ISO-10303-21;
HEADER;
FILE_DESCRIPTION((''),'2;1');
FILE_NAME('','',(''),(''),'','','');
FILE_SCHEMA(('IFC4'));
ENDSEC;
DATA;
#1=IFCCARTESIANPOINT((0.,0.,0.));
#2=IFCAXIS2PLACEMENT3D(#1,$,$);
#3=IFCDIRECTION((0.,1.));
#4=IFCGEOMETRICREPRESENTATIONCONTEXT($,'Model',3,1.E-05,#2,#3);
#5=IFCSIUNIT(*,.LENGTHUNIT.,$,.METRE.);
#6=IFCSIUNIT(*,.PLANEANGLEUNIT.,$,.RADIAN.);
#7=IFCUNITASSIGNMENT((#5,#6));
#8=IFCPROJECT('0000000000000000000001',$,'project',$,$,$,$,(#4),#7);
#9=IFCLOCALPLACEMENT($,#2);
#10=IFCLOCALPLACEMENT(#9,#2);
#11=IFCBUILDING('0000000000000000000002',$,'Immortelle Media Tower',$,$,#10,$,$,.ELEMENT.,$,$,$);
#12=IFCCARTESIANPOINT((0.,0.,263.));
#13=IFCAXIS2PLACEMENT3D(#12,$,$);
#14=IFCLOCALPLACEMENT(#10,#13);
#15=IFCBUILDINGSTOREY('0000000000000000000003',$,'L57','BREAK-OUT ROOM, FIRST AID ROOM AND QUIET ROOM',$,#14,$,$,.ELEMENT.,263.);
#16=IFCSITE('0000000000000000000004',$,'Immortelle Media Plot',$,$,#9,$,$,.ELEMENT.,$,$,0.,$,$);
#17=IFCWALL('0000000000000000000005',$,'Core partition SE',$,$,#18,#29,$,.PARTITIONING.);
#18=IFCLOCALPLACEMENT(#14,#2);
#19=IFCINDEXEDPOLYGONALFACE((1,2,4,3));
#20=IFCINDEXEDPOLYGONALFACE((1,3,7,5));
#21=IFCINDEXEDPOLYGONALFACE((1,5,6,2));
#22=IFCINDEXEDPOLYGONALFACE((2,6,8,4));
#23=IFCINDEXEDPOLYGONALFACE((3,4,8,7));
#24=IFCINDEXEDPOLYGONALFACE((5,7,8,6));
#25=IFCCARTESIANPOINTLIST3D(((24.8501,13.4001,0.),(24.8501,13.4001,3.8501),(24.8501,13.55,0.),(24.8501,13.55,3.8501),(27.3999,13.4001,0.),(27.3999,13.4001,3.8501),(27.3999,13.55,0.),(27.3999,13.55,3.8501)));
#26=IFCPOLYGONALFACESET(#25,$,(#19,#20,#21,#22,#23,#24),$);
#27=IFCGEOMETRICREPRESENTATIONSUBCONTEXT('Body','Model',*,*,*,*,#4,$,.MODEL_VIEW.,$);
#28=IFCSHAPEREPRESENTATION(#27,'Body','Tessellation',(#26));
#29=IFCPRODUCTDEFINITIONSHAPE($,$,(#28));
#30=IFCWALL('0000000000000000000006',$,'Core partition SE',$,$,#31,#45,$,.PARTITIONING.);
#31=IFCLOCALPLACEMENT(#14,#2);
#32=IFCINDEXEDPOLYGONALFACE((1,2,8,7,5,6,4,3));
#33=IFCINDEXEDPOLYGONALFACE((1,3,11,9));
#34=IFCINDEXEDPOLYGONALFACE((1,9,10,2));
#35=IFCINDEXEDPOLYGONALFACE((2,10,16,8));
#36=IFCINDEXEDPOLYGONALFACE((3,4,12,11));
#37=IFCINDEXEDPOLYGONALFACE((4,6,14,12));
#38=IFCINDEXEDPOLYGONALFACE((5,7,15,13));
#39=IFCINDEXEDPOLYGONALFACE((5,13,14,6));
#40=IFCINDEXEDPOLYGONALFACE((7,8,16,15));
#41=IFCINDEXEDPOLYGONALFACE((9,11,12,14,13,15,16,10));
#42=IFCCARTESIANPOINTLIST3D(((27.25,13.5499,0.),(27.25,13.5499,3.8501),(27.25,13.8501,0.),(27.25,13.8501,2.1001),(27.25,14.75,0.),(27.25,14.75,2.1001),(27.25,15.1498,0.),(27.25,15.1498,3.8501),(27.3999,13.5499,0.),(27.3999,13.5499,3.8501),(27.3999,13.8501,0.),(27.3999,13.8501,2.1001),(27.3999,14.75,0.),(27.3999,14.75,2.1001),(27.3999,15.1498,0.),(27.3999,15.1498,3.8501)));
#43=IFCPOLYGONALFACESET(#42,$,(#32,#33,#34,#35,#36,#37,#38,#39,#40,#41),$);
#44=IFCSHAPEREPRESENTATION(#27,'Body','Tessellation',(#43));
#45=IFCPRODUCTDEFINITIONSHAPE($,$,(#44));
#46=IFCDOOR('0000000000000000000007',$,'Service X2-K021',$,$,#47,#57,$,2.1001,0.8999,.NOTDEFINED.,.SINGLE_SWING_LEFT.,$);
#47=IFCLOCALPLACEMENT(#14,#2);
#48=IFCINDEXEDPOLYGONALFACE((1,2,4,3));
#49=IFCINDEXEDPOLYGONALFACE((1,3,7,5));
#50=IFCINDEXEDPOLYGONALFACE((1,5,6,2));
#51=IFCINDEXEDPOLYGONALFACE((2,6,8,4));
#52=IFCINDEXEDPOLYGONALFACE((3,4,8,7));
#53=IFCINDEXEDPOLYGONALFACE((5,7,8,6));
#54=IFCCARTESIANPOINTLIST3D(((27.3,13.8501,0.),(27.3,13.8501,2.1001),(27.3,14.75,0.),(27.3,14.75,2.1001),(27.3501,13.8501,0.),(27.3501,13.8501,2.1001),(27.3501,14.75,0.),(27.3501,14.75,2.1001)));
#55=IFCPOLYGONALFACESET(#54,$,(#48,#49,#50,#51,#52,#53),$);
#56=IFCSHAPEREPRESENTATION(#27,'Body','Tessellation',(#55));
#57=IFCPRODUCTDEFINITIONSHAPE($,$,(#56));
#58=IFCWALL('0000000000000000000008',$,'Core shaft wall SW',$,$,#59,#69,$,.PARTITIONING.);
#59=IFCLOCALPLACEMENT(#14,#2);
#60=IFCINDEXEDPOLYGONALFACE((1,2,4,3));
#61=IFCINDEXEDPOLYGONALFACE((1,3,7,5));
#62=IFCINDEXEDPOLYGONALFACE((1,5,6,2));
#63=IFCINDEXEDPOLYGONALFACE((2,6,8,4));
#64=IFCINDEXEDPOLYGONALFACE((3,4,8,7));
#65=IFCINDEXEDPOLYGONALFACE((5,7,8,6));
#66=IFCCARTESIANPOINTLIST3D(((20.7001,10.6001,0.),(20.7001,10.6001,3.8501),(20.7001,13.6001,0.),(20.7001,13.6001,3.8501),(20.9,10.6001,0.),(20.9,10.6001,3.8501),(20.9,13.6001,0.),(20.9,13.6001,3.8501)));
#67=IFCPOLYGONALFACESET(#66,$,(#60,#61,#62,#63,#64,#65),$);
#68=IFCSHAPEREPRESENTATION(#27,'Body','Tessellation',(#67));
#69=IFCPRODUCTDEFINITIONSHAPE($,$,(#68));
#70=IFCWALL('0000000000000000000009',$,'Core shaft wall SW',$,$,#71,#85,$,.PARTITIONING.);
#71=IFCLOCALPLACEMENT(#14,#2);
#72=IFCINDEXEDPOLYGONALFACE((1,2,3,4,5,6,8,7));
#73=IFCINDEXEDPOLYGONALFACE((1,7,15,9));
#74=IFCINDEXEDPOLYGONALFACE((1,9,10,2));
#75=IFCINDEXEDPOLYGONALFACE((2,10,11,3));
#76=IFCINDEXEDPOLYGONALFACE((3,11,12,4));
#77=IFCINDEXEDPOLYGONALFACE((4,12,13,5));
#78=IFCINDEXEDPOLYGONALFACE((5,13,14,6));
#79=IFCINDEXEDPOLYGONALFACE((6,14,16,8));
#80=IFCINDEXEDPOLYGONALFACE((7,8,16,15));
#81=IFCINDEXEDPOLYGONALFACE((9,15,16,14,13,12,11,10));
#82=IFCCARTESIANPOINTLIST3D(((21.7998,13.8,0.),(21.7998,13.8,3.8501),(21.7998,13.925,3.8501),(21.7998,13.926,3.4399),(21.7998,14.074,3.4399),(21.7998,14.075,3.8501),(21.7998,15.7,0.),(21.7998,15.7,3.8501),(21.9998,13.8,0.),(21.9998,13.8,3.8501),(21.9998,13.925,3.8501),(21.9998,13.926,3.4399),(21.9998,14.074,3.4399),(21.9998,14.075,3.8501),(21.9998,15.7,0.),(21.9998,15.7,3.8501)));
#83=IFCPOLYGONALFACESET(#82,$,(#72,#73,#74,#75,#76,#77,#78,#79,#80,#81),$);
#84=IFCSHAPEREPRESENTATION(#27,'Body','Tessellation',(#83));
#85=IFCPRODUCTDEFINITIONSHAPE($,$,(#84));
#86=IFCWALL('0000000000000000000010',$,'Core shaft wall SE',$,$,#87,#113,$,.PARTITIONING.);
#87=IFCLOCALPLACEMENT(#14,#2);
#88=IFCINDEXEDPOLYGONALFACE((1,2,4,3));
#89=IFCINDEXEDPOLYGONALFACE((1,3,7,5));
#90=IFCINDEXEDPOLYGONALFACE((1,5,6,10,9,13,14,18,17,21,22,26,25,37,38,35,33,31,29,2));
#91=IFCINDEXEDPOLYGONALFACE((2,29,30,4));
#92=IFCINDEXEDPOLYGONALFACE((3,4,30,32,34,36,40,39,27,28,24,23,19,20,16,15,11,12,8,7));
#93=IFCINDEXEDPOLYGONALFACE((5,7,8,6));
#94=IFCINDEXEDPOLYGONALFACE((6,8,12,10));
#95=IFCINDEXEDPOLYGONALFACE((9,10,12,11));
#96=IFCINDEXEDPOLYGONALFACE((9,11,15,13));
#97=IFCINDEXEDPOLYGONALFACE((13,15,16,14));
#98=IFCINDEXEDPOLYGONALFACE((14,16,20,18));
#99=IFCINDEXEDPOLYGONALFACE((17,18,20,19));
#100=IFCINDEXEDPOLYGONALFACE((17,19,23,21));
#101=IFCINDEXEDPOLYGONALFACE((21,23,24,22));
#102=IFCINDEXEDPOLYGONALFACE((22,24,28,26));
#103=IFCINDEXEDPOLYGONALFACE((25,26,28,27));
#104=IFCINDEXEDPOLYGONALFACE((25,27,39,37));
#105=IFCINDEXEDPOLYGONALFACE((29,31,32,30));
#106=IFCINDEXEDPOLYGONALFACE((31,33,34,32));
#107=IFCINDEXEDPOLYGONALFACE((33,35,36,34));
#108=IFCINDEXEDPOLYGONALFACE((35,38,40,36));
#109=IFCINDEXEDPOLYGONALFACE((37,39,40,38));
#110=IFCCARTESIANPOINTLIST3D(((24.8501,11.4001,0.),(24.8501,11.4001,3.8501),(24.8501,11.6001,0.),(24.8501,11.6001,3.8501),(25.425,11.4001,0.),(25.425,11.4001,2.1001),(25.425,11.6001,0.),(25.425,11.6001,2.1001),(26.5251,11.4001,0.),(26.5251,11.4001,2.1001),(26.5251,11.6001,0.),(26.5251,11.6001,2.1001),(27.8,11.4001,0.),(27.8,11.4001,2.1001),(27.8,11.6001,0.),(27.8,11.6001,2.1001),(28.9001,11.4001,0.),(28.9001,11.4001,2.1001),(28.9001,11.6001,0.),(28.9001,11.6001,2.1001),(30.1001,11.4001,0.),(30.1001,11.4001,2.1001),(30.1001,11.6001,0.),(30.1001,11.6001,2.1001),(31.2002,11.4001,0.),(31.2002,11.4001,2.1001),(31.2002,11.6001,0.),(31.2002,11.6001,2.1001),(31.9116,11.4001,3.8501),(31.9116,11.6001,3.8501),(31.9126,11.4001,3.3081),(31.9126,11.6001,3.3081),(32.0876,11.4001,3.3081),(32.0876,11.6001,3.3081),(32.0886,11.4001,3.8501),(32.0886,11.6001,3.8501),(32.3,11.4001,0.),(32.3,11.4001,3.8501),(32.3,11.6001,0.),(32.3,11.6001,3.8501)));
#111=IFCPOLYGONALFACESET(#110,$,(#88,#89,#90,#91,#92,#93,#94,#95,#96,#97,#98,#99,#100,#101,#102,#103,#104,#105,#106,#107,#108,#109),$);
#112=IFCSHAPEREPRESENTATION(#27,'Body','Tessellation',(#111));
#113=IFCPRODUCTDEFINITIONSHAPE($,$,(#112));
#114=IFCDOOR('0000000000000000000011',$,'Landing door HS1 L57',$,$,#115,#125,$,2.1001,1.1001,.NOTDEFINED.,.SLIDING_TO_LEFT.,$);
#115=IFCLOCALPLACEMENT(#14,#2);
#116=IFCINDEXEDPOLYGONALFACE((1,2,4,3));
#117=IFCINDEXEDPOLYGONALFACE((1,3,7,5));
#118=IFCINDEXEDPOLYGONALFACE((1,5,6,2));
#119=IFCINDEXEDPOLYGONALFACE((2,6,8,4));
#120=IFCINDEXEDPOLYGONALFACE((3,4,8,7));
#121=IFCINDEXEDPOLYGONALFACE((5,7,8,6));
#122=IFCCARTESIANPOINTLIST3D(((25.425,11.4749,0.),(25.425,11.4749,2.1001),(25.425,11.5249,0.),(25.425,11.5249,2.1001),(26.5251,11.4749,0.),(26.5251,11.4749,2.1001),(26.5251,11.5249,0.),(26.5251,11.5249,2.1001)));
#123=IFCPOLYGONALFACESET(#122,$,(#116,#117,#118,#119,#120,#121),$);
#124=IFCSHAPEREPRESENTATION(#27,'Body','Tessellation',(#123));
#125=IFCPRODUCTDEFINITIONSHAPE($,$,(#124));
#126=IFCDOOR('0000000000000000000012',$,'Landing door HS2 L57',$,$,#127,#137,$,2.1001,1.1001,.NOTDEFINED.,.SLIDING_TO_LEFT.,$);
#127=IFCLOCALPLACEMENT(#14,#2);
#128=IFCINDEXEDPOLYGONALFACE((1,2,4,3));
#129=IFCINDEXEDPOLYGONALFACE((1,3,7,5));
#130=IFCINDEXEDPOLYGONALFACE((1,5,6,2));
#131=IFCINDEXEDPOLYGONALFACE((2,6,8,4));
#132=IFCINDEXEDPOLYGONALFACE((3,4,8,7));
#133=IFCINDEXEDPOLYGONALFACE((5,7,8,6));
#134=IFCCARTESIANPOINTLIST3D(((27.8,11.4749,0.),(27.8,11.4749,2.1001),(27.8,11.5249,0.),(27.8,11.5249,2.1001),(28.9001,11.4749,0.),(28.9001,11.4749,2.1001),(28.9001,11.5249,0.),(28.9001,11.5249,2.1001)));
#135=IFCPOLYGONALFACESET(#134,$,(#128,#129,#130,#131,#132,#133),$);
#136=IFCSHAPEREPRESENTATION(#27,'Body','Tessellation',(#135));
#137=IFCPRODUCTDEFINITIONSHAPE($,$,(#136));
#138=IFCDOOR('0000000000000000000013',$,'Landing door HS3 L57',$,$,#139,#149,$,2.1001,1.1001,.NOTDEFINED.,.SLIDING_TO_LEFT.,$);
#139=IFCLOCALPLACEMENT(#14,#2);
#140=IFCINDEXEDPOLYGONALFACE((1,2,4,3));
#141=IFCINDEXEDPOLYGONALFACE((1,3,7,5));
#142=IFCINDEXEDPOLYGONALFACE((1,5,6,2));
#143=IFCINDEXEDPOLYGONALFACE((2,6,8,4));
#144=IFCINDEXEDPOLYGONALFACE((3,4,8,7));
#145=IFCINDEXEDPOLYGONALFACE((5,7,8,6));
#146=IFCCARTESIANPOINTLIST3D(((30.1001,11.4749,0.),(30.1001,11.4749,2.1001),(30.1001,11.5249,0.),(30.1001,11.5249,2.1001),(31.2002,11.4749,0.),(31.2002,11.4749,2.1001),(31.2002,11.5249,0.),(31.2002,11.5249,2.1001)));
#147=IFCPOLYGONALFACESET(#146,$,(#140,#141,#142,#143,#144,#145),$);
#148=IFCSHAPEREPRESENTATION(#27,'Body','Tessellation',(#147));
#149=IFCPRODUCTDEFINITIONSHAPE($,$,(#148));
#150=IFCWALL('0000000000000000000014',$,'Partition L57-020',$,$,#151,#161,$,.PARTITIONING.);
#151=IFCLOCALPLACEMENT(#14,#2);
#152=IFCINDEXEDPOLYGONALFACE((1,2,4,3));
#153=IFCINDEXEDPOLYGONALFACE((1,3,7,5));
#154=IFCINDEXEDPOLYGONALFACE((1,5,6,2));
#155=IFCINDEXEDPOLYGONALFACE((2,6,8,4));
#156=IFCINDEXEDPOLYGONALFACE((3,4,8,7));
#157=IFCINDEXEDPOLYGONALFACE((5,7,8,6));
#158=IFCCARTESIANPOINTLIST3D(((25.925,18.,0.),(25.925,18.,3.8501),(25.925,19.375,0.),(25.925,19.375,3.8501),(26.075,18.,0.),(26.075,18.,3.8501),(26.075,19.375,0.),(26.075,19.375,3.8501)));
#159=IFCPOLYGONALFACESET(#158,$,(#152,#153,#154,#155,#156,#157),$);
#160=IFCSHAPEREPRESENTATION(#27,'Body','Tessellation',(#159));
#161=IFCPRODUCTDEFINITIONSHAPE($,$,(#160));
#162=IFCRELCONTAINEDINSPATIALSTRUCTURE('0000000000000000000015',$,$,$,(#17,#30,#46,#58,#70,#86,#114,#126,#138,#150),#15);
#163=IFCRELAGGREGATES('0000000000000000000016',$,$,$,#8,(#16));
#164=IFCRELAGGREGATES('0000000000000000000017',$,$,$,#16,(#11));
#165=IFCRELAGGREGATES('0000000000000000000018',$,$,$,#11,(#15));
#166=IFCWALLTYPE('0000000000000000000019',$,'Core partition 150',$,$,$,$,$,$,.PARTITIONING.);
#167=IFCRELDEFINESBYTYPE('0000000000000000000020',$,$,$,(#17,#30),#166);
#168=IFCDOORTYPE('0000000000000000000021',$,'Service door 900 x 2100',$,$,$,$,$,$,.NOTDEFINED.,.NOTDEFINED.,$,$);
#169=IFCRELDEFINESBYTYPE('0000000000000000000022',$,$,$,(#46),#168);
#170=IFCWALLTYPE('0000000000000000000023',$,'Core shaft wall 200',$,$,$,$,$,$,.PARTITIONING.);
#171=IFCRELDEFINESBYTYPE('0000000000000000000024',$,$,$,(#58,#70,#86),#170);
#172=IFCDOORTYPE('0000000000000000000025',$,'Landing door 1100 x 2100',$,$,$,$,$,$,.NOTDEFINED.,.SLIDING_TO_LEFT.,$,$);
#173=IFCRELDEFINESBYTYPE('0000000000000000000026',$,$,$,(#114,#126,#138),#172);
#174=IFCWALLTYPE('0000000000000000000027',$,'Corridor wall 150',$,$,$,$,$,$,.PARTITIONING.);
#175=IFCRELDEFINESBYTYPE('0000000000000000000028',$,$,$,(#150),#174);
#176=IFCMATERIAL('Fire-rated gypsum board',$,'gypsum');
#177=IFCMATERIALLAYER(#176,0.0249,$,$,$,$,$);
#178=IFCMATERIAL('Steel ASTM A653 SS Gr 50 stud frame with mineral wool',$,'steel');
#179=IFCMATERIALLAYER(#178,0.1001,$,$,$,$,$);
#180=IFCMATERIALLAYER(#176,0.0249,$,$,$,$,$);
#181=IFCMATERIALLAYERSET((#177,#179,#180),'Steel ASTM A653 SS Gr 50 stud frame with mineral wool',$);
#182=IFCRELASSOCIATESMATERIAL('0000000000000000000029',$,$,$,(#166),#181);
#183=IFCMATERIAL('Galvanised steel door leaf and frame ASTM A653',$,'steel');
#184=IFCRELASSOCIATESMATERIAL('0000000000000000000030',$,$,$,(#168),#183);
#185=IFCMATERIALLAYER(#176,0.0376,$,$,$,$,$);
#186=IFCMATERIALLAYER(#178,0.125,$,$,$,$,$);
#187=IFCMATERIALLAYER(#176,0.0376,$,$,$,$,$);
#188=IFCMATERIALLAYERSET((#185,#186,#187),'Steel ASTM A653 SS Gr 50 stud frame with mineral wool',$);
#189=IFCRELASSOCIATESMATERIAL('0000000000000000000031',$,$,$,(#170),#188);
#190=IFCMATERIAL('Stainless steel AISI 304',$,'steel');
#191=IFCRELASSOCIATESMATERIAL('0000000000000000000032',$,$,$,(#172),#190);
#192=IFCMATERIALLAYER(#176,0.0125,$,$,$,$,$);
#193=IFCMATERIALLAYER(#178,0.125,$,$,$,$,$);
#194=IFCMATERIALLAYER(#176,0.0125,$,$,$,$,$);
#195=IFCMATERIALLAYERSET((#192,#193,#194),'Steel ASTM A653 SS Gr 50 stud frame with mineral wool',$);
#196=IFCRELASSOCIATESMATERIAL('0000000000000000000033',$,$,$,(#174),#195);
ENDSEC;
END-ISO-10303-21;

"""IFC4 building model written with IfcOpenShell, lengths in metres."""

from ifc_helpers import new_model, si_unit, direction, frame, frame_2d, origin, place, context, subcontext, project, spatial, polyline, rectangle, outline, extrude, material, layer, layer_set, type_object, element, fill, save


model = new_model("IFC4")

# Units and contexts
model_context = context("Model", 3, precision=1e-05, world=origin(), true_north=direction((0.0, 1.0)))
body_context = subcontext(model_context, "Body", "Model", "MODEL_VIEW")
ifc_project = project(units=[si_unit("LENGTHUNIT", "METRE"), si_unit("PLANEANGLEUNIT", "RADIAN")], contexts=[model_context])

# Site, building, storey
site_placement = place(None, origin())
site = spatial("IfcSite", under=ifc_project, at=site_placement, Name="Immortelle Media Plot", CompositionType="ELEMENT", RefElevation=0.0)
building_placement = place(site_placement, origin())
building = spatial("IfcBuilding", under=site, at=building_placement, Name="Immortelle Media Tower", CompositionType="ELEMENT")
storey_placement = place(building_placement, frame((0.0, 0.0, 263.0)))
storey = spatial("IfcBuildingStorey", under=building, at=storey_placement, Name="L57", Description="BREAK-OUT ROOM, FIRST AID ROOM AND QUIET ROOM", CompositionType="ELEMENT", Elevation=263.0)

# Wall
ifc_material_1 = material(Name="Fire-rated gypsum board", Category="gypsum")
ifc_layer_1 = layer(ifc_material_1, 0.0249)
ifc_material_2 = material(Name="Steel ASTM A653 SS Gr 50 stud frame with mineral wool", Category="steel")
ifc_layer_2 = layer(ifc_material_2, 0.1001)
ifc_layer_3 = layer(ifc_material_1, 0.0249)
ifc_layer_set_1 = layer_set([ifc_layer_1, ifc_layer_2, ifc_layer_3], Name="Steel ASTM A653 SS Gr 50 stud frame with mineral wool")
wall_type_1 = type_object("IfcWallType", Name="Core partition 150", PredefinedType="PARTITIONING", material=ifc_layer_set_1)
wall_1_placement = place(storey_placement, frame((24.8501, 13.4751, 0.0), z_axis=(0.0, 0.0, 1.0), x_axis=(1.0, 0.0, 0.0)))
element("IfcWall", 1, at=wall_1_placement, inside=storey, type_object=wall_type_1, Name="Core partition SE", PredefinedType="PARTITIONING", context=body_context, shape_type="SweptSolid", body=[
    extrude(rectangle(XDim=2.5498, YDim=0.1499, at=frame_2d((1.2749, 0.0))), origin(), (0.0, 0.0, 1.0), 3.8501),
])

# Wall, opening, door
wall_2_placement = place(storey_placement, frame((27.325, 13.55, 0.0), z_axis=(0.0, 0.0, 1.0), x_axis=(0.0, 1.0, 0.0)))
wall_2 = element("IfcWall", 2, at=wall_2_placement, inside=storey, type_object=wall_type_1, Name="Core partition SE", PredefinedType="PARTITIONING", context=body_context, shape_type="SweptSolid", body=[
    extrude(rectangle(XDim=1.5999, YDim=0.1499, at=frame_2d((0.7998, 0.0))), origin(), (0.0, 0.0, 1.0), 3.8501),
])
opening_1_placement = place(wall_2_placement, frame((0.3, 0.0, 0.0)))
opening_1 = element("IfcOpeningElement", 3, at=opening_1_placement, cuts=wall_2, PredefinedType="OPENING", context=body_context, shape_type="SweptSolid", body=[
    extrude(rectangle(XDim=0.8999, YDim=2.1001, at=frame_2d((0.45, 1.05))), frame((0.0, 0.085, 0.0), z_axis=(0.0, -1.0, 0.0), x_axis=(1.0, 0.0, 0.0)), (0.0, 0.0, 1.0), 0.1699),
])
ifc_material_3 = material(Name="Galvanised steel door leaf and frame ASTM A653", Category="steel")
door_type_1 = type_object("IfcDoorType", Name="Service door 900 x 2100", OperationType="NOTDEFINED", PredefinedType="NOTDEFINED", material=ifc_material_3)
door_1_placement = place(opening_1_placement, origin())
door_1 = element("IfcDoor", 4, at=door_1_placement, inside=storey, type_object=door_type_1, Name="Service X2-K021", OperationType="SINGLE_SWING_LEFT", OverallHeight=2.1001, OverallWidth=0.8999, PredefinedType="NOTDEFINED", context=body_context, shape_type="SweptSolid", body=[
    extrude(rectangle(XDim=0.8999, YDim=2.1001, at=frame_2d((0.45, 1.05))), frame((0.0, 0.0249, 0.0), z_axis=(0.0, -1.0, 0.0), x_axis=(1.0, 0.0, 0.0)), (0.0, 0.0, 1.0), 0.05),
])
fill(opening_1, door_1)

# Walls
ifc_layer_4 = layer(ifc_material_1, 0.0376)
ifc_layer_5 = layer(ifc_material_2, 0.125)
ifc_layer_6 = layer(ifc_material_1, 0.0376)
ifc_layer_set_2 = layer_set([ifc_layer_4, ifc_layer_5, ifc_layer_6], Name="Steel ASTM A653 SS Gr 50 stud frame with mineral wool")
wall_type_2 = type_object("IfcWallType", Name="Core shaft wall 200", PredefinedType="PARTITIONING", material=ifc_layer_set_2)
wall_3_placement = place(storey_placement, frame((20.8, 10.6001, 0.0), z_axis=(0.0, 0.0, 1.0), x_axis=(0.0, 1.0, 0.0)))
element("IfcWall", 5, at=wall_3_placement, inside=storey, type_object=wall_type_2, Name="Core shaft wall SW", PredefinedType="PARTITIONING", context=body_context, shape_type="SweptSolid", body=[
    extrude(rectangle(XDim=3.0, YDim=0.2, at=frame_2d((1.5, 0.0))), origin(), (0.0, 0.0, 1.0), 3.8501),
])
wall_4_placement = place(storey_placement, frame((21.8999, 13.8, 0.0), z_axis=(0.0, 0.0, 1.0), x_axis=(0.0, 1.0, 0.0)))
element("IfcWall", 6, at=wall_4_placement, inside=storey, type_object=wall_type_2, Name="Core shaft wall SW", PredefinedType="PARTITIONING", context=body_context, shape_type="SweptSolid", body=[
    extrude(outline(polyline([(0.0, 0.0), (1.8999, 0.0), (1.8999, 3.8501), (0.2749, 3.8501), (0.2739, 3.4399), (0.126, 3.4399), (0.125, 3.8501), (0.0, 3.8501), (0.0, 0.0)])), frame((0.0, 0.1001, 0.0), z_axis=(0.0, -1.0, 0.0), x_axis=(1.0, 0.0, 0.0)), (0.0, 0.0, 1.0), 0.2),
])

# Wall, openings, doors
wall_5_placement = place(storey_placement, frame((24.8501, 11.5, 0.0), z_axis=(0.0, 0.0, 1.0), x_axis=(1.0, 0.0, 0.0)))
wall_5 = element("IfcWall", 7, at=wall_5_placement, inside=storey, type_object=wall_type_2, Name="Core shaft wall SE", PredefinedType="PARTITIONING", context=body_context, shape_type="SweptSolid", body=[
    extrude(outline(polyline([(0.0, 0.0), (7.45, 0.0), (7.45, 3.8501), (7.2385, 3.8501), (7.2375, 3.3081), (7.0625, 3.3081), (7.0615, 3.8501), (0.0, 3.8501), (0.0, 0.0)])), frame((0.0, 0.1001, 0.0), z_axis=(0.0, -1.0, 0.0), x_axis=(1.0, 0.0, 0.0)), (0.0, 0.0, 1.0), 0.2),
])
opening_2_placement = place(wall_5_placement, frame((0.575, 0.0, 0.0)))
opening_2 = element("IfcOpeningElement", 8, at=opening_2_placement, cuts=wall_5, PredefinedType="OPENING", context=body_context, shape_type="SweptSolid", body=[
    extrude(rectangle(XDim=1.1001, YDim=2.1001, at=frame_2d((0.55, 1.05))), frame((0.0, 0.1099, 0.0), z_axis=(0.0, -1.0, 0.0), x_axis=(1.0, 0.0, 0.0)), (0.0, 0.0, 1.0), 0.22),
])
opening_3_placement = place(wall_5_placement, frame((2.95, 0.0, 0.0)))
opening_3 = element("IfcOpeningElement", 9, at=opening_3_placement, cuts=wall_5, PredefinedType="OPENING", context=body_context, shape_type="SweptSolid", body=[
    extrude(rectangle(XDim=1.1001, YDim=2.1001, at=frame_2d((0.55, 1.05))), frame((0.0, 0.1099, 0.0), z_axis=(0.0, -1.0, 0.0), x_axis=(1.0, 0.0, 0.0)), (0.0, 0.0, 1.0), 0.22),
])
opening_4_placement = place(wall_5_placement, frame((5.25, 0.0, 0.0)))
opening_4 = element("IfcOpeningElement", 10, at=opening_4_placement, cuts=wall_5, PredefinedType="OPENING", context=body_context, shape_type="SweptSolid", body=[
    extrude(rectangle(XDim=1.1001, YDim=2.1001, at=frame_2d((0.55, 1.05))), frame((0.0, 0.1099, 0.0), z_axis=(0.0, -1.0, 0.0), x_axis=(1.0, 0.0, 0.0)), (0.0, 0.0, 1.0), 0.22),
])
ifc_material_4 = material(Name="Stainless steel AISI 304", Category="steel")
door_type_2 = type_object("IfcDoorType", Name="Landing door 1100 x 2100", OperationType="SLIDING_TO_LEFT", PredefinedType="NOTDEFINED", material=ifc_material_4)
door_2_placement = place(opening_2_placement, origin())
door_2 = element("IfcDoor", 11, at=door_2_placement, inside=storey, type_object=door_type_2, Name="Landing door HS1 L57", OperationType="SLIDING_TO_LEFT", OverallHeight=2.1001, OverallWidth=1.1001, PredefinedType="NOTDEFINED", context=body_context, shape_type="SweptSolid", body=[
    extrude(rectangle(XDim=1.1001, YDim=2.1001, at=frame_2d((0.55, 1.05))), frame((0.0, 0.0249, 0.0), z_axis=(0.0, -1.0, 0.0), x_axis=(1.0, 0.0, 0.0)), (0.0, 0.0, 1.0), 0.05),
])
fill(opening_2, door_2)
door_3_placement = place(opening_3_placement, origin())
door_3 = element("IfcDoor", 12, at=door_3_placement, inside=storey, type_object=door_type_2, Name="Landing door HS2 L57", OperationType="SLIDING_TO_LEFT", OverallHeight=2.1001, OverallWidth=1.1001, PredefinedType="NOTDEFINED", context=body_context, shape_type="SweptSolid", body=[
    extrude(rectangle(XDim=1.1001, YDim=2.1001, at=frame_2d((0.55, 1.05))), frame((0.0, 0.0249, 0.0), z_axis=(0.0, -1.0, 0.0), x_axis=(1.0, 0.0, 0.0)), (0.0, 0.0, 1.0), 0.05),
])
fill(opening_3, door_3)
door_4_placement = place(opening_4_placement, origin())
door_4 = element("IfcDoor", 13, at=door_4_placement, inside=storey, type_object=door_type_2, Name="Landing door HS3 L57", OperationType="SLIDING_TO_LEFT", OverallHeight=2.1001, OverallWidth=1.1001, PredefinedType="NOTDEFINED", context=body_context, shape_type="SweptSolid", body=[
    extrude(rectangle(XDim=1.1001, YDim=2.1001, at=frame_2d((0.55, 1.05))), frame((0.0, 0.0249, 0.0), z_axis=(0.0, -1.0, 0.0), x_axis=(1.0, 0.0, 0.0)), (0.0, 0.0, 1.0), 0.05),
])
fill(opening_4, door_4)

# Wall
ifc_layer_7 = layer(ifc_material_1, 0.0125)
ifc_layer_8 = layer(ifc_material_2, 0.125)
ifc_layer_9 = layer(ifc_material_1, 0.0125)
ifc_layer_set_3 = layer_set([ifc_layer_7, ifc_layer_8, ifc_layer_9], Name="Steel ASTM A653 SS Gr 50 stud frame with mineral wool")
wall_type_3 = type_object("IfcWallType", Name="Corridor wall 150", PredefinedType="PARTITIONING", material=ifc_layer_set_3)
wall_6_placement = place(storey_placement, frame((26.0, 18.0, 0.0), z_axis=(0.0, 0.0, 1.0), x_axis=(0.0, 1.0, 0.0)))
element("IfcWall", 14, at=wall_6_placement, inside=storey, type_object=wall_type_3, Name="Partition L57-020", PredefinedType="PARTITIONING", context=body_context, shape_type="SweptSolid", body=[
    extrude(rectangle(XDim=1.375, YDim=0.1499, at=frame_2d((0.6875, 0.0))), origin(), (0.0, 0.0, 1.0), 3.8501),
])

save(model, "model.ifc")
